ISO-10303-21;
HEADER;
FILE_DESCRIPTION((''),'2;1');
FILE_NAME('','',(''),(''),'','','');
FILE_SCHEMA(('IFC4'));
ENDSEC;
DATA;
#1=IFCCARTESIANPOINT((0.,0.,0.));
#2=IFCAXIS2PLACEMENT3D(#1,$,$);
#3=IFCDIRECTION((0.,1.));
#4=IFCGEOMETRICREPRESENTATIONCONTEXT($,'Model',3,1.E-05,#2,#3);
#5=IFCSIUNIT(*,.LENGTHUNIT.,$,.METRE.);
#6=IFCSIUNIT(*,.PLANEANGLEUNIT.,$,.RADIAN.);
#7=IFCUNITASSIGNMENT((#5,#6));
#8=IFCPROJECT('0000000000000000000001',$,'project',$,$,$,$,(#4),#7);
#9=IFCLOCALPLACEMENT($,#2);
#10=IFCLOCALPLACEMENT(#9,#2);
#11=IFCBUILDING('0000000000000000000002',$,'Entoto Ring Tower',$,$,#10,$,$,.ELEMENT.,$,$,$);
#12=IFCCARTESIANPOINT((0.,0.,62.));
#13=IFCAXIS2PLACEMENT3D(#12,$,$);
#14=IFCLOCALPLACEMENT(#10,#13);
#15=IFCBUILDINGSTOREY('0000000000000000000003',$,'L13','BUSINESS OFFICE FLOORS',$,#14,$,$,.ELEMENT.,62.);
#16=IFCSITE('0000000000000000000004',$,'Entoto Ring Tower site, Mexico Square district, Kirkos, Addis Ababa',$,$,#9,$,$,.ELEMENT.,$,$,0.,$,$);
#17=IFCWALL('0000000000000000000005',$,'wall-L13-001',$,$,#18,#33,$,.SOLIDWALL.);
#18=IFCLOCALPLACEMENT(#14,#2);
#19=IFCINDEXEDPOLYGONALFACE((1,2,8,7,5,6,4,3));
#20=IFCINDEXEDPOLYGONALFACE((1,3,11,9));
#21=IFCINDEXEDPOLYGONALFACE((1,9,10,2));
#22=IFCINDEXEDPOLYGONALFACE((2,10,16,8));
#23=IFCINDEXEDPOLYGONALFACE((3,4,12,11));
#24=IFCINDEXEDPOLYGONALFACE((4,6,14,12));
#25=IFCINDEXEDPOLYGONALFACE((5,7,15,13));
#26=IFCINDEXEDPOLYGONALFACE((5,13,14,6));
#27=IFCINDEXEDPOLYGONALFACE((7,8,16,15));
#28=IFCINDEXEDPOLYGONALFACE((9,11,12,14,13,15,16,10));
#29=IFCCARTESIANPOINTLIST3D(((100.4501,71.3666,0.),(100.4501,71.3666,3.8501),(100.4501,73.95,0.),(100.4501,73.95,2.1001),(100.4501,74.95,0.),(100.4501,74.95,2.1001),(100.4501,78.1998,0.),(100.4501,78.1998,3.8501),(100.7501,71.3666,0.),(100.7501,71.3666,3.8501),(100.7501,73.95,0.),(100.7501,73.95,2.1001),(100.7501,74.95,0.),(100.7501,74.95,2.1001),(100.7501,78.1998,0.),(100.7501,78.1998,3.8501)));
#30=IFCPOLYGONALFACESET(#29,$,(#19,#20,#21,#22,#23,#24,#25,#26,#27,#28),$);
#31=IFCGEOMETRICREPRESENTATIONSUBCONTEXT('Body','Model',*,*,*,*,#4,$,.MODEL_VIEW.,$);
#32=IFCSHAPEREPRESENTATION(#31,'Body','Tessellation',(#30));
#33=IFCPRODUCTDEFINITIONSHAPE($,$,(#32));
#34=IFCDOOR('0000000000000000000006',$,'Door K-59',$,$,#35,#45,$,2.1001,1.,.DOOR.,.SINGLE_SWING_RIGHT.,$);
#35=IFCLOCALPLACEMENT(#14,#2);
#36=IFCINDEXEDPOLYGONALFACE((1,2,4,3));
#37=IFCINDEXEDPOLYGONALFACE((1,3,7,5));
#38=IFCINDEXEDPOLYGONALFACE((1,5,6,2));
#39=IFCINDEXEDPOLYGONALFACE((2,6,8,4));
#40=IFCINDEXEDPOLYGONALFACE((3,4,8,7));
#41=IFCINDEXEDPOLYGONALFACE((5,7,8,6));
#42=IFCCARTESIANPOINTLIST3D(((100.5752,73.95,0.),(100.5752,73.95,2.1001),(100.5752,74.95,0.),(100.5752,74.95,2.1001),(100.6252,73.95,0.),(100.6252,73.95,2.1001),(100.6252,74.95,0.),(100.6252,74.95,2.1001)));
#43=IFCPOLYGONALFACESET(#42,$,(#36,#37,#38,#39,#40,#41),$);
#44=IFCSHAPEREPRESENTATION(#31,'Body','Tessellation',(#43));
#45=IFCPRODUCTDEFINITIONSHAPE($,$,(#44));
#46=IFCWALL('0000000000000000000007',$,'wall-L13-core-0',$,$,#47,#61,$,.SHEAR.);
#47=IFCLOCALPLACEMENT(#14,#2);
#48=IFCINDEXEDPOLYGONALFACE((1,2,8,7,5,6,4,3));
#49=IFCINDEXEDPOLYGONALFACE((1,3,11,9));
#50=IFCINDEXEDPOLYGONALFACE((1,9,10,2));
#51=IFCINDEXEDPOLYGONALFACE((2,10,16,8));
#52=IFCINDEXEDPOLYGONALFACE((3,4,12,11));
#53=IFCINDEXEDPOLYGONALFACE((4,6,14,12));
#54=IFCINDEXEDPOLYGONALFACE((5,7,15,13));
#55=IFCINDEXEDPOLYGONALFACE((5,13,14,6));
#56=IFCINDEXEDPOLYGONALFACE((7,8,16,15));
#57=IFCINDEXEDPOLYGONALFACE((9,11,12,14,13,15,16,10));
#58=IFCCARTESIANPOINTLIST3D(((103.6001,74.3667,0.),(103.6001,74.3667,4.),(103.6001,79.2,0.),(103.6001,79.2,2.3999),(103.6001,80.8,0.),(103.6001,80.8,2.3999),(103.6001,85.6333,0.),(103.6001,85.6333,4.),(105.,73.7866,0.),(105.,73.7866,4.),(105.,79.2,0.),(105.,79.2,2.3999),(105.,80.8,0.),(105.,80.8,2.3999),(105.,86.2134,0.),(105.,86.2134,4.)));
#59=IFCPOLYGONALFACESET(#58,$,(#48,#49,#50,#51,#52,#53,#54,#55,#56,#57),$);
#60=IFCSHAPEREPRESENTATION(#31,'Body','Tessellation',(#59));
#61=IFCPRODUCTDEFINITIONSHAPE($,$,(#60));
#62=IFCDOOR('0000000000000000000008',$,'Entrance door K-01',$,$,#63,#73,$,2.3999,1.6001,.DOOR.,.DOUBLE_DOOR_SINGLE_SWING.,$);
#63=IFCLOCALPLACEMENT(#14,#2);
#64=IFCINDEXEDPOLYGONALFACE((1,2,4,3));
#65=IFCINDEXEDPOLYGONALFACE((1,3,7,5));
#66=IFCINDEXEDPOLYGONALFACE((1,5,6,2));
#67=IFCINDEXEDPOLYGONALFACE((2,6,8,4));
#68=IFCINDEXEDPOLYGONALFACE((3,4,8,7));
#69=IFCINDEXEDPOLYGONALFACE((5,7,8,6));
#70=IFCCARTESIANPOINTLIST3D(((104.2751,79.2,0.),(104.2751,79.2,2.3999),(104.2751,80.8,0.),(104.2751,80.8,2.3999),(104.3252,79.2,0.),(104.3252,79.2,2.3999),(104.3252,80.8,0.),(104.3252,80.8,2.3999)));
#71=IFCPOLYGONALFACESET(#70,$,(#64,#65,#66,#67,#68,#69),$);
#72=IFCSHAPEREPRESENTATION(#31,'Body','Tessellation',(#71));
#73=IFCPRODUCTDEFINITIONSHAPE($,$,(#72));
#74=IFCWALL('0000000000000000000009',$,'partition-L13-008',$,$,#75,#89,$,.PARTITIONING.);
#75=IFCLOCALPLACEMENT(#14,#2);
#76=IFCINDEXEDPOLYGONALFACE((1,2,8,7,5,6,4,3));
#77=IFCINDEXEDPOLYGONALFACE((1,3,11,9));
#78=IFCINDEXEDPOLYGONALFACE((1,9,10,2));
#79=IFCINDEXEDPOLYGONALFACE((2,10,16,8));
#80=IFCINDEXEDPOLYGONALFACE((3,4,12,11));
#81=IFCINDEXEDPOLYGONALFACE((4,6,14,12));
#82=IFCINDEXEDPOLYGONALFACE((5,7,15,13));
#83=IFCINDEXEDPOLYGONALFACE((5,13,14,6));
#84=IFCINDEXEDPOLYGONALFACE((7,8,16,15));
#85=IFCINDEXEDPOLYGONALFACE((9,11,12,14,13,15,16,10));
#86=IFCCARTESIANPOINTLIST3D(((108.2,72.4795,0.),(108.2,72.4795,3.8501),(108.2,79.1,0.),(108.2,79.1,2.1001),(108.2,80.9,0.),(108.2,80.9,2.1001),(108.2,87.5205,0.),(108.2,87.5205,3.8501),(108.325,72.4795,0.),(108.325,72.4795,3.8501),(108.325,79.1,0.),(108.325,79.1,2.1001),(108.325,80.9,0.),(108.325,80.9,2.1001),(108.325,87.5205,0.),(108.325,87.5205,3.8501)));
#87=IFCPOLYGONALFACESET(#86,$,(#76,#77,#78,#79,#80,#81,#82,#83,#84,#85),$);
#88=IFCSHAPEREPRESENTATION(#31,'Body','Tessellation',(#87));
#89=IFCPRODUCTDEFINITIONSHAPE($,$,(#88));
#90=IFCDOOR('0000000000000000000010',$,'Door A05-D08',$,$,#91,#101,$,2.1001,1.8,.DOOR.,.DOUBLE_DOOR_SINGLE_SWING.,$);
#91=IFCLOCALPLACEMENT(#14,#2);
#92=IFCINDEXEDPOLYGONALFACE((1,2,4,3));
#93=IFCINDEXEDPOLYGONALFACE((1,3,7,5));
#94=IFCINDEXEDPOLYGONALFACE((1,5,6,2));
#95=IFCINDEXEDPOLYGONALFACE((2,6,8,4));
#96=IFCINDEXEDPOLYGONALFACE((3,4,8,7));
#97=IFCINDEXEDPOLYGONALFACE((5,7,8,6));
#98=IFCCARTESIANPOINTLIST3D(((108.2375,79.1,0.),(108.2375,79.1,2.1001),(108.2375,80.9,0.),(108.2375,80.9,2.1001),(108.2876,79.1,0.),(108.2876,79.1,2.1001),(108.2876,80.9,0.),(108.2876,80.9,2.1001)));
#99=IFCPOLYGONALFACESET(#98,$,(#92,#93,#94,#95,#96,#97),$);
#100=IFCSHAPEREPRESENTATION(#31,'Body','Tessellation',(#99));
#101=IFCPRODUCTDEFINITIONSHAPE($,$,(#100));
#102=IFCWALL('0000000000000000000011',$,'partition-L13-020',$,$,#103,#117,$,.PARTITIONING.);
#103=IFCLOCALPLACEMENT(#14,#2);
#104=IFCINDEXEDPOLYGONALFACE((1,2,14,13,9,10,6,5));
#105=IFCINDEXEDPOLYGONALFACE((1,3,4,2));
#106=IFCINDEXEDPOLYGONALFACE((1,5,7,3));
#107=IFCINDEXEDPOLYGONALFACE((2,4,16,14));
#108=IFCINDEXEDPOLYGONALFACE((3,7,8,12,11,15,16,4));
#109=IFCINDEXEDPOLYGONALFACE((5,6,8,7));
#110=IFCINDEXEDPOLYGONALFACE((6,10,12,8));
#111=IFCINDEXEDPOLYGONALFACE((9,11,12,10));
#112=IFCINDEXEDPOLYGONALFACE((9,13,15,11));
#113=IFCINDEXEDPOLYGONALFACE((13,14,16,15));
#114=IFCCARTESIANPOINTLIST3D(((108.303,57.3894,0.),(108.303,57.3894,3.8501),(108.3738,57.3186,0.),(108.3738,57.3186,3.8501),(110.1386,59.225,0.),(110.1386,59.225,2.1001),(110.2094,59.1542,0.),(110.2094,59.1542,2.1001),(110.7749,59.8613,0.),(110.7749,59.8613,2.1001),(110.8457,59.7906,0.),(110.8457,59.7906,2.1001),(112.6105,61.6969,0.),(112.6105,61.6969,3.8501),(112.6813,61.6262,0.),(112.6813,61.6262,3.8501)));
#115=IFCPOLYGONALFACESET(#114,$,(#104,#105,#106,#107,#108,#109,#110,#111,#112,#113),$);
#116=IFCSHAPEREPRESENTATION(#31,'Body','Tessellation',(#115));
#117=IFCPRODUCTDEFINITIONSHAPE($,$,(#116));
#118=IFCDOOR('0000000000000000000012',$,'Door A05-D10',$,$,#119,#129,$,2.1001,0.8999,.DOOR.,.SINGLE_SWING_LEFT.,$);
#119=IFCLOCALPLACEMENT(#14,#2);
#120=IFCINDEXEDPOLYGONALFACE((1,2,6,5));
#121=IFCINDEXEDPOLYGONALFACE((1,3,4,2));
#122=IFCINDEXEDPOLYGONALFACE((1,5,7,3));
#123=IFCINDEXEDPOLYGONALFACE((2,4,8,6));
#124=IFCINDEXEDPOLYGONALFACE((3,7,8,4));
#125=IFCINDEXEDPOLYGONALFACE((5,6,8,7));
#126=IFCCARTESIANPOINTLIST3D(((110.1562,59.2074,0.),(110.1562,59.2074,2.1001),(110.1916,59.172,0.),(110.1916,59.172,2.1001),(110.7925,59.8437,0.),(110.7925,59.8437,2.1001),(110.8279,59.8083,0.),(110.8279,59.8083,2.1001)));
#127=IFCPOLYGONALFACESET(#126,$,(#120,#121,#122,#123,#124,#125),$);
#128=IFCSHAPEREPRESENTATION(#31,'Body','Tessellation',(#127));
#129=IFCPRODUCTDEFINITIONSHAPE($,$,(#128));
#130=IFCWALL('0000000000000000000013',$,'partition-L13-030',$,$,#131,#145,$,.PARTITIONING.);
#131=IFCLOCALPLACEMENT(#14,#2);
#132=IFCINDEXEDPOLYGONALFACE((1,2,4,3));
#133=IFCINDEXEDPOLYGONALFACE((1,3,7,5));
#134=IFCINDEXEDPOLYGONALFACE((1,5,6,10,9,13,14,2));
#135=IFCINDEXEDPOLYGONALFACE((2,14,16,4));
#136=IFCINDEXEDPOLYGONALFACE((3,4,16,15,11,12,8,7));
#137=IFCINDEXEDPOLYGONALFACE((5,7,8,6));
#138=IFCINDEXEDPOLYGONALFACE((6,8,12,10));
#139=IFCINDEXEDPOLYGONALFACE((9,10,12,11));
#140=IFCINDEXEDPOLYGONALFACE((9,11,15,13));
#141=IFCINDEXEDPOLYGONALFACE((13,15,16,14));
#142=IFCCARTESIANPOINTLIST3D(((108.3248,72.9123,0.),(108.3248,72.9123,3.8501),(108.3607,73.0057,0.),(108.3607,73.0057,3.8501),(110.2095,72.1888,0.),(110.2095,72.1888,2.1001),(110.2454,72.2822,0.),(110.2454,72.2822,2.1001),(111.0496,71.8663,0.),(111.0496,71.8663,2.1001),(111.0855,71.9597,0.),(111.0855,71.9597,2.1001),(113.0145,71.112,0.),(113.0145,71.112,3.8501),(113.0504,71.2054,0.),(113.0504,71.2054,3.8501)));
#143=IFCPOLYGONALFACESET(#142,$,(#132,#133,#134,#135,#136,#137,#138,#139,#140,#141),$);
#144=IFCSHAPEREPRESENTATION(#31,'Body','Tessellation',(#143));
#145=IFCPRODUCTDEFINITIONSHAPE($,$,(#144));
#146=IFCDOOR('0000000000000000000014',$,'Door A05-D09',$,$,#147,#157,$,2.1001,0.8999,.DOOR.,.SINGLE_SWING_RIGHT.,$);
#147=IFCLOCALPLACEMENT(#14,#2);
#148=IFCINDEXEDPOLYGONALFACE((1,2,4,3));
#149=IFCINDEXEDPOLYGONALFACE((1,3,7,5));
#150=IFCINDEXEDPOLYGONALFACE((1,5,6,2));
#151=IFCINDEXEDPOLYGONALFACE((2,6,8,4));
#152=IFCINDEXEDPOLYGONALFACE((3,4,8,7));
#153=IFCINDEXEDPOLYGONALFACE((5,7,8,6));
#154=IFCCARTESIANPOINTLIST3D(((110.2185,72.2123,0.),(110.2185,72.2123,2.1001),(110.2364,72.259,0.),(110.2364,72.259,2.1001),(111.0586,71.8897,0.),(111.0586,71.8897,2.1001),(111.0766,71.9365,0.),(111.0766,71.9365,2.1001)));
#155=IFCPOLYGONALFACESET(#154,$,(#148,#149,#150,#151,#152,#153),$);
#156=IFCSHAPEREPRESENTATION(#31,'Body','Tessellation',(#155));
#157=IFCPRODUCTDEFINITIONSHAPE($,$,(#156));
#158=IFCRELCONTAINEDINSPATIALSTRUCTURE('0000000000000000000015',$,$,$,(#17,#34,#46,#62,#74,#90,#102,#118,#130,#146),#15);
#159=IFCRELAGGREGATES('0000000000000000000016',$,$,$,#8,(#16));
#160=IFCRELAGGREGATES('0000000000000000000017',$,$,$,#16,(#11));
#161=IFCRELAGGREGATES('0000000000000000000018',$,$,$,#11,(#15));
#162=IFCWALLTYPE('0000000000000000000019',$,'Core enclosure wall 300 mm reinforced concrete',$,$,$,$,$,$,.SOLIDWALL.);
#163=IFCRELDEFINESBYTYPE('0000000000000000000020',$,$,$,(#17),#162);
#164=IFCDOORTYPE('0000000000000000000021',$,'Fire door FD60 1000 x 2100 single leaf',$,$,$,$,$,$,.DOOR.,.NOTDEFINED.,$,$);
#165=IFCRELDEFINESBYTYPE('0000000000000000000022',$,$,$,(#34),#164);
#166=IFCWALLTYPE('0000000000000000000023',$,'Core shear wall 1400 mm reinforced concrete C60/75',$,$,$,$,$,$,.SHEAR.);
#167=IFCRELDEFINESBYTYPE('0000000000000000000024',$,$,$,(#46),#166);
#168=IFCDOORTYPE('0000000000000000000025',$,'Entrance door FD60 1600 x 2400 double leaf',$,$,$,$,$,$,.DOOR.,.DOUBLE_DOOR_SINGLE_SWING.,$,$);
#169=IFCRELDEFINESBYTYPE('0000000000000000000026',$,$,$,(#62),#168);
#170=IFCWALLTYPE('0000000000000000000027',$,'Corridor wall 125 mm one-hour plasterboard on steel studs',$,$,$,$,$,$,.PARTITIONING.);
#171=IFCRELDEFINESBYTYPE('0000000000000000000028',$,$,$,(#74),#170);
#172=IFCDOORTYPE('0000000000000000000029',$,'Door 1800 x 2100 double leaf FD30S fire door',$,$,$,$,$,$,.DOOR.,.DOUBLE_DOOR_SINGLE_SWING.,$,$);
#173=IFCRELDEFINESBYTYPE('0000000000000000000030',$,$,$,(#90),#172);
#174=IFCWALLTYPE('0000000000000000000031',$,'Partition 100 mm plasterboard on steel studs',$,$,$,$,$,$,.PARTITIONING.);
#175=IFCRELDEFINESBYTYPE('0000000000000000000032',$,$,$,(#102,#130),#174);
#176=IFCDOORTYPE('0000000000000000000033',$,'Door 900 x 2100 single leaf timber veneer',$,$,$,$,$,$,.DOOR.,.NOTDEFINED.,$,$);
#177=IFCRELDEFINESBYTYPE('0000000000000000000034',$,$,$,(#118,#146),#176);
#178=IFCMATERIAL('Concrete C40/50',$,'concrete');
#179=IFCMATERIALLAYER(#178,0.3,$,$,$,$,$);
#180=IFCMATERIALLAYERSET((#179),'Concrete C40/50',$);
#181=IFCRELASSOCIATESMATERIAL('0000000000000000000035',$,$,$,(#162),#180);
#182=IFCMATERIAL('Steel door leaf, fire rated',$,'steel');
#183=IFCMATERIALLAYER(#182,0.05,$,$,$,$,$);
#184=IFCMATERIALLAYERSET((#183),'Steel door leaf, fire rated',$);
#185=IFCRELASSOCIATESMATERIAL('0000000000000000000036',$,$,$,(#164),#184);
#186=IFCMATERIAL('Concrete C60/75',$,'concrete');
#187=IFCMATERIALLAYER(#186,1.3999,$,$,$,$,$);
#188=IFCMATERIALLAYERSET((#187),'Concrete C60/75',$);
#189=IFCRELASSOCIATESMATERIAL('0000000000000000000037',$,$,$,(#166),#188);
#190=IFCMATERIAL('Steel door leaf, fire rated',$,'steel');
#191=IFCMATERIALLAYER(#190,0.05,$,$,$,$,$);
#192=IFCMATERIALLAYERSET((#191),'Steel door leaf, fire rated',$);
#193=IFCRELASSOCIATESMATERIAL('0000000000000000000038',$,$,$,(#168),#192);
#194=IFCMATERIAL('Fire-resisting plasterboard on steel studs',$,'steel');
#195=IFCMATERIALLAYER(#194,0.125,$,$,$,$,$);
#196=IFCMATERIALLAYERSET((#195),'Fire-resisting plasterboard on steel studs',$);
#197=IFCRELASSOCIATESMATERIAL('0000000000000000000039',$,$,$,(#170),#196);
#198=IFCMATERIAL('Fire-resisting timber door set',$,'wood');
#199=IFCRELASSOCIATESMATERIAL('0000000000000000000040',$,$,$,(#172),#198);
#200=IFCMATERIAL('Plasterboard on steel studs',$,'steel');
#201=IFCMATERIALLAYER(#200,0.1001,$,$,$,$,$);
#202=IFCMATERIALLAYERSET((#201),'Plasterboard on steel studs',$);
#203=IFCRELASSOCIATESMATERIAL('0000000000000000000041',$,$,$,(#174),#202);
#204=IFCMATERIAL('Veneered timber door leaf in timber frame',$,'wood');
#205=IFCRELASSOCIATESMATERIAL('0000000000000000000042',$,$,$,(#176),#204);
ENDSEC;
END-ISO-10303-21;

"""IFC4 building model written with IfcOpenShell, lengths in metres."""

from ifc_helpers import new_model, si_unit, direction, frame, frame_2d, origin, place, context, subcontext, project, spatial, polyline, rectangle, outline, extrude, material, layer, layer_set, type_object, element, fill, save


model = new_model("IFC4")

# Units and contexts
model_context = context("Model", 3, precision=1e-05, world=origin(), true_north=direction((0.0, 1.0)))
body_context = subcontext(model_context, "Body", "Model", "MODEL_VIEW")
ifc_project = project(units=[si_unit("LENGTHUNIT", "METRE"), si_unit("PLANEANGLEUNIT", "RADIAN")], contexts=[model_context])

# Site, building, storey
site_placement = place(None, origin())
site = spatial("IfcSite", under=ifc_project, at=site_placement, Name="Entoto Ring Tower site, Mexico Square district, Kirkos, Addis Ababa", CompositionType="ELEMENT", RefElevation=0.0)
building_placement = place(site_placement, origin())
building = spatial("IfcBuilding", under=site, at=building_placement, Name="Entoto Ring Tower", CompositionType="ELEMENT")
storey_placement = place(building_placement, frame((0.0, 0.0, 62.0)))
storey = spatial("IfcBuildingStorey", under=building, at=storey_placement, Name="L13", Description="BUSINESS OFFICE FLOORS", CompositionType="ELEMENT", Elevation=62.0)

# Walls, openings, doors
ifc_material_1 = material(Name="Concrete C40/50", Category="concrete")
ifc_layer_1 = layer(ifc_material_1, 0.3)
ifc_layer_set_1 = layer_set([ifc_layer_1], Name="Concrete C40/50")
wall_type_1 = type_object("IfcWallType", Name="Core enclosure wall 300 mm reinforced concrete", PredefinedType="SOLIDWALL", material=ifc_layer_set_1)
wall_1_placement = place(storey_placement, frame((100.6001, 71.3667, 0.0), z_axis=(0.0, 0.0, 1.0), x_axis=(0.0, 1.0, 0.0)))
wall_1 = element("IfcWall", 1, at=wall_1_placement, inside=storey, type_object=wall_type_1, Name="wall-L13-001", PredefinedType="SOLIDWALL", context=body_context, shape_type="SweptSolid", body=[
    extrude(rectangle(XDim=6.8333, YDim=0.3, at=frame_2d((3.4165, 0.0))), origin(), (0.0, 0.0, 1.0), 3.8501),
])
opening_1_placement = place(wall_1_placement, frame((2.5833, 0.0, 0.0)))
opening_1 = element("IfcOpeningElement", 2, at=opening_1_placement, cuts=wall_1, PredefinedType="OPENING", context=body_context, shape_type="SweptSolid", body=[
    extrude(rectangle(XDim=1.0, YDim=2.1001, at=frame_2d((0.5, 1.05))), frame((0.0, 0.1602, 0.0), z_axis=(0.0, -1.0, 0.0), x_axis=(1.0, 0.0, 0.0)), (0.0, 0.0, 1.0), 0.3201),
])
ifc_material_2 = material(Name="Steel door leaf, fire rated", Category="steel")
ifc_layer_2 = layer(ifc_material_2, 0.05)
ifc_layer_set_2 = layer_set([ifc_layer_2], Name="Steel door leaf, fire rated")
door_type_1 = type_object("IfcDoorType", Name="Fire door FD60 1000 x 2100 single leaf", OperationType="NOTDEFINED", PredefinedType="DOOR", material=ifc_layer_set_2)
door_1_placement = place(opening_1_placement, origin())
door_1 = element("IfcDoor", 3, at=door_1_placement, inside=storey, type_object=door_type_1, Name="Door K-59", OperationType="SINGLE_SWING_RIGHT", OverallHeight=2.1001, OverallWidth=1.0, PredefinedType="DOOR", context=body_context, shape_type="SweptSolid", body=[
    extrude(rectangle(XDim=1.0, YDim=2.1001, at=frame_2d((0.5, 1.05))), frame((0.0, 0.0249, 0.0), z_axis=(0.0, -1.0, 0.0), x_axis=(1.0, 0.0, 0.0)), (0.0, 0.0, 1.0), 0.05),
])
fill(opening_1, door_1)
ifc_material_3 = material(Name="Concrete C60/75", Category="concrete")
ifc_layer_3 = layer(ifc_material_3, 1.3999)
ifc_layer_set_3 = layer_set([ifc_layer_3], Name="Concrete C60/75")
wall_type_2 = type_object("IfcWallType", Name="Core shear wall 1400 mm reinforced concrete C60/75", PredefinedType="SHEAR", material=ifc_layer_set_3)
wall_2_placement = place(storey_placement, frame((104.3, 74.0767, 0.0), z_axis=(0.0, 0.0, 1.0), x_axis=(0.0, 1.0, 0.0)))
wall_2 = element("IfcWall", 4, at=wall_2_placement, inside=storey, type_object=wall_type_2, Name="wall-L13-core-0", PredefinedType="SHEAR", context=body_context, shape_type="SweptSolid", body=[
    extrude(outline(polyline([(-0.29, -0.7), (12.1367, -0.7), (11.5566, 0.7), (0.29, 0.7), (-0.29, -0.7)])), origin(), (0.0, 0.0, 1.0), 4.0),
])
opening_2_placement = place(wall_2_placement, frame((5.1233, 0.0, 0.0)))
opening_2 = element("IfcOpeningElement", 5, at=opening_2_placement, cuts=wall_2, PredefinedType="OPENING", context=body_context, shape_type="SweptSolid", body=[
    extrude(rectangle(XDim=1.6001, YDim=2.3999, at=frame_2d((0.8, 1.2))), frame((0.0, 0.71, 0.0), z_axis=(0.0, -1.0, 0.0), x_axis=(1.0, 0.0, 0.0)), (0.0, 0.0, 1.0), 1.4199),
])
ifc_material_4 = material(Name="Steel door leaf, fire rated", Category="steel")
ifc_layer_4 = layer(ifc_material_4, 0.05)
ifc_layer_set_4 = layer_set([ifc_layer_4], Name="Steel door leaf, fire rated")
door_type_2 = type_object("IfcDoorType", Name="Entrance door FD60 1600 x 2400 double leaf", OperationType="DOUBLE_DOOR_SINGLE_SWING", PredefinedType="DOOR", material=ifc_layer_set_4)
door_2_placement = place(opening_2_placement, origin())
door_2 = element("IfcDoor", 6, at=door_2_placement, inside=storey, type_object=door_type_2, Name="Entrance door K-01", OperationType="DOUBLE_DOOR_SINGLE_SWING", OverallHeight=2.3999, OverallWidth=1.6001, PredefinedType="DOOR", context=body_context, shape_type="SweptSolid", body=[
    extrude(rectangle(XDim=1.6001, YDim=2.3999, at=frame_2d((0.8, 1.2))), frame((0.0, 0.0249, 0.0), z_axis=(0.0, -1.0, 0.0), x_axis=(1.0, 0.0, 0.0)), (0.0, 0.0, 1.0), 0.05),
])
fill(opening_2, door_2)
ifc_material_5 = material(Name="Fire-resisting plasterboard on steel studs", Category="steel")
ifc_layer_5 = layer(ifc_material_5, 0.125)
ifc_layer_set_5 = layer_set([ifc_layer_5], Name="Fire-resisting plasterboard on steel studs")
wall_type_3 = type_object("IfcWallType", Name="Corridor wall 125 mm one-hour plasterboard on steel studs", PredefinedType="PARTITIONING", material=ifc_layer_set_5)
wall_3_placement = place(storey_placement, frame((108.2625, 72.4795, 0.0), z_axis=(0.0, 0.0, 1.0), x_axis=(0.0, 1.0, 0.0)))
wall_3 = element("IfcWall", 7, at=wall_3_placement, inside=storey, type_object=wall_type_3, Name="partition-L13-008", PredefinedType="PARTITIONING", context=body_context, shape_type="SweptSolid", body=[
    extrude(rectangle(XDim=15.041, YDim=0.125, at=frame_2d((7.5205, 0.0))), origin(), (0.0, 0.0, 1.0), 3.8501),
])
opening_3_placement = place(wall_3_placement, frame((6.6206, 0.0, 0.0)))
opening_3 = element("IfcOpeningElement", 8, at=opening_3_placement, cuts=wall_3, PredefinedType="OPENING", context=body_context, shape_type="SweptSolid", body=[
    extrude(rectangle(XDim=1.8, YDim=2.1001, at=frame_2d((0.8999, 1.05))), frame((0.0, 0.0725, 0.0), z_axis=(0.0, -1.0, 0.0), x_axis=(1.0, 0.0, 0.0)), (0.0, 0.0, 1.0), 0.145),
])
ifc_material_6 = material(Name="Fire-resisting timber door set", Category="wood")
door_type_3 = type_object("IfcDoorType", Name="Door 1800 x 2100 double leaf FD30S fire door", OperationType="DOUBLE_DOOR_SINGLE_SWING", PredefinedType="DOOR", material=ifc_material_6)
door_3_placement = place(opening_3_placement, origin())
door_3 = element("IfcDoor", 9, at=door_3_placement, inside=storey, type_object=door_type_3, Name="Door A05-D08", OperationType="DOUBLE_DOOR_SINGLE_SWING", OverallHeight=2.1001, OverallWidth=1.8, PredefinedType="DOOR", context=body_context, shape_type="SweptSolid", body=[
    extrude(rectangle(XDim=1.8, YDim=2.1001, at=frame_2d((0.8999, 1.05))), frame((0.0, 0.0249, 0.0), z_axis=(0.0, -1.0, 0.0), x_axis=(1.0, 0.0, 0.0)), (0.0, 0.0, 1.0), 0.05),
])
fill(opening_3, door_3)
ifc_material_7 = material(Name="Plasterboard on steel studs", Category="steel")
ifc_layer_6 = layer(ifc_material_7, 0.1001)
ifc_layer_set_6 = layer_set([ifc_layer_6], Name="Plasterboard on steel studs")
wall_type_4 = type_object("IfcWallType", Name="Partition 100 mm plasterboard on steel studs", PredefinedType="PARTITIONING", material=ifc_layer_set_6)
wall_4_placement = place(storey_placement, frame((108.3384, 57.354, 0.0), z_axis=(0.0, 0.0, 1.0), x_axis=(0.707107, 0.707107, 0.0)))
wall_4 = element("IfcWall", 10, at=wall_4_placement, inside=storey, type_object=wall_type_4, Name="partition-L13-020", PredefinedType="PARTITIONING", context=body_context, shape_type="SweptSolid", body=[
    extrude(rectangle(XDim=6.0918, YDim=0.1001, at=frame_2d((3.0459, 0.0))), origin(), (0.0, 0.0, 1.0), 3.8501),
])
opening_4_placement = place(wall_4_placement, frame((2.5959, 0.0, 0.0)))
opening_4 = element("IfcOpeningElement", 11, at=opening_4_placement, cuts=wall_4, PredefinedType="OPENING", context=body_context, shape_type="SweptSolid", body=[
    extrude(rectangle(XDim=0.8999, YDim=2.1001, at=frame_2d((0.45, 1.05))), frame((0.0, 0.0601, 0.0), z_axis=(0.0, -1.0, 0.0), x_axis=(1.0, 0.0, 0.0)), (0.0, 0.0, 1.0), 0.1201),
])
ifc_material_8 = material(Name="Veneered timber door leaf in timber frame", Category="wood")
door_type_4 = type_object("IfcDoorType", Name="Door 900 x 2100 single leaf timber veneer", OperationType="NOTDEFINED", PredefinedType="DOOR", material=ifc_material_8)
door_4_placement = place(opening_4_placement, frame((0.8999, 0.0, 0.0), z_axis=(0.0, 0.0, 1.0), x_axis=(-1.0, 0.0, 0.0)))
door_4 = element("IfcDoor", 12, at=door_4_placement, inside=storey, type_object=door_type_4, Name="Door A05-D10", OperationType="SINGLE_SWING_LEFT", OverallHeight=2.1001, OverallWidth=0.8999, PredefinedType="DOOR", context=body_context, shape_type="SweptSolid", body=[
    extrude(rectangle(XDim=0.8999, YDim=2.1001, at=frame_2d((0.45, 1.05))), frame((0.0, 0.0249, 0.0), z_axis=(0.0, -1.0, 0.0), x_axis=(1.0, 0.0, 0.0)), (0.0, 0.0, 1.0), 0.05),
])
fill(opening_4, door_4)
wall_5_placement = place(storey_placement, frame((113.0325, 71.1587, 0.0), z_axis=(0.0, 0.0, 1.0), x_axis=(-0.933575, 0.358383, 0.0)))
wall_5 = element("IfcWall", 13, at=wall_5_placement, inside=storey, type_object=wall_type_4, Name="partition-L13-030", PredefinedType="PARTITIONING", context=body_context, shape_type="SweptSolid", body=[
    extrude(rectangle(XDim=5.0234, YDim=0.1001, at=frame_2d((2.5117, 0.0))), origin(), (0.0, 0.0, 1.0), 3.8501),
])
opening_5_placement = place(wall_5_placement, frame((2.1047, 0.0, 0.0)))
opening_5 = element("IfcOpeningElement", 14, at=opening_5_placement, cuts=wall_5, PredefinedType="OPENING", context=body_context, shape_type="SweptSolid", body=[
    extrude(rectangle(XDim=0.8999, YDim=2.1001, at=frame_2d((0.45, 1.05))), frame((0.0, 0.0601, 0.0), z_axis=(0.0, -1.0, 0.0), x_axis=(1.0, 0.0, 0.0)), (0.0, 0.0, 1.0), 0.1201),
])
door_5_placement = place(opening_5_placement, origin())
door_5 = element("IfcDoor", 15, at=door_5_placement, inside=storey, type_object=door_type_4, Name="Door A05-D09", OperationType="SINGLE_SWING_RIGHT", OverallHeight=2.1001, OverallWidth=0.8999, PredefinedType="DOOR", context=body_context, shape_type="SweptSolid", body=[
    extrude(rectangle(XDim=0.8999, YDim=2.1001, at=frame_2d((0.45, 1.05))), frame((0.0, 0.0249, 0.0), z_axis=(0.0, -1.0, 0.0), x_axis=(1.0, 0.0, 0.0)), (0.0, 0.0, 1.0), 0.05),
])
fill(opening_5, door_5)

save(model, "model.ifc")
